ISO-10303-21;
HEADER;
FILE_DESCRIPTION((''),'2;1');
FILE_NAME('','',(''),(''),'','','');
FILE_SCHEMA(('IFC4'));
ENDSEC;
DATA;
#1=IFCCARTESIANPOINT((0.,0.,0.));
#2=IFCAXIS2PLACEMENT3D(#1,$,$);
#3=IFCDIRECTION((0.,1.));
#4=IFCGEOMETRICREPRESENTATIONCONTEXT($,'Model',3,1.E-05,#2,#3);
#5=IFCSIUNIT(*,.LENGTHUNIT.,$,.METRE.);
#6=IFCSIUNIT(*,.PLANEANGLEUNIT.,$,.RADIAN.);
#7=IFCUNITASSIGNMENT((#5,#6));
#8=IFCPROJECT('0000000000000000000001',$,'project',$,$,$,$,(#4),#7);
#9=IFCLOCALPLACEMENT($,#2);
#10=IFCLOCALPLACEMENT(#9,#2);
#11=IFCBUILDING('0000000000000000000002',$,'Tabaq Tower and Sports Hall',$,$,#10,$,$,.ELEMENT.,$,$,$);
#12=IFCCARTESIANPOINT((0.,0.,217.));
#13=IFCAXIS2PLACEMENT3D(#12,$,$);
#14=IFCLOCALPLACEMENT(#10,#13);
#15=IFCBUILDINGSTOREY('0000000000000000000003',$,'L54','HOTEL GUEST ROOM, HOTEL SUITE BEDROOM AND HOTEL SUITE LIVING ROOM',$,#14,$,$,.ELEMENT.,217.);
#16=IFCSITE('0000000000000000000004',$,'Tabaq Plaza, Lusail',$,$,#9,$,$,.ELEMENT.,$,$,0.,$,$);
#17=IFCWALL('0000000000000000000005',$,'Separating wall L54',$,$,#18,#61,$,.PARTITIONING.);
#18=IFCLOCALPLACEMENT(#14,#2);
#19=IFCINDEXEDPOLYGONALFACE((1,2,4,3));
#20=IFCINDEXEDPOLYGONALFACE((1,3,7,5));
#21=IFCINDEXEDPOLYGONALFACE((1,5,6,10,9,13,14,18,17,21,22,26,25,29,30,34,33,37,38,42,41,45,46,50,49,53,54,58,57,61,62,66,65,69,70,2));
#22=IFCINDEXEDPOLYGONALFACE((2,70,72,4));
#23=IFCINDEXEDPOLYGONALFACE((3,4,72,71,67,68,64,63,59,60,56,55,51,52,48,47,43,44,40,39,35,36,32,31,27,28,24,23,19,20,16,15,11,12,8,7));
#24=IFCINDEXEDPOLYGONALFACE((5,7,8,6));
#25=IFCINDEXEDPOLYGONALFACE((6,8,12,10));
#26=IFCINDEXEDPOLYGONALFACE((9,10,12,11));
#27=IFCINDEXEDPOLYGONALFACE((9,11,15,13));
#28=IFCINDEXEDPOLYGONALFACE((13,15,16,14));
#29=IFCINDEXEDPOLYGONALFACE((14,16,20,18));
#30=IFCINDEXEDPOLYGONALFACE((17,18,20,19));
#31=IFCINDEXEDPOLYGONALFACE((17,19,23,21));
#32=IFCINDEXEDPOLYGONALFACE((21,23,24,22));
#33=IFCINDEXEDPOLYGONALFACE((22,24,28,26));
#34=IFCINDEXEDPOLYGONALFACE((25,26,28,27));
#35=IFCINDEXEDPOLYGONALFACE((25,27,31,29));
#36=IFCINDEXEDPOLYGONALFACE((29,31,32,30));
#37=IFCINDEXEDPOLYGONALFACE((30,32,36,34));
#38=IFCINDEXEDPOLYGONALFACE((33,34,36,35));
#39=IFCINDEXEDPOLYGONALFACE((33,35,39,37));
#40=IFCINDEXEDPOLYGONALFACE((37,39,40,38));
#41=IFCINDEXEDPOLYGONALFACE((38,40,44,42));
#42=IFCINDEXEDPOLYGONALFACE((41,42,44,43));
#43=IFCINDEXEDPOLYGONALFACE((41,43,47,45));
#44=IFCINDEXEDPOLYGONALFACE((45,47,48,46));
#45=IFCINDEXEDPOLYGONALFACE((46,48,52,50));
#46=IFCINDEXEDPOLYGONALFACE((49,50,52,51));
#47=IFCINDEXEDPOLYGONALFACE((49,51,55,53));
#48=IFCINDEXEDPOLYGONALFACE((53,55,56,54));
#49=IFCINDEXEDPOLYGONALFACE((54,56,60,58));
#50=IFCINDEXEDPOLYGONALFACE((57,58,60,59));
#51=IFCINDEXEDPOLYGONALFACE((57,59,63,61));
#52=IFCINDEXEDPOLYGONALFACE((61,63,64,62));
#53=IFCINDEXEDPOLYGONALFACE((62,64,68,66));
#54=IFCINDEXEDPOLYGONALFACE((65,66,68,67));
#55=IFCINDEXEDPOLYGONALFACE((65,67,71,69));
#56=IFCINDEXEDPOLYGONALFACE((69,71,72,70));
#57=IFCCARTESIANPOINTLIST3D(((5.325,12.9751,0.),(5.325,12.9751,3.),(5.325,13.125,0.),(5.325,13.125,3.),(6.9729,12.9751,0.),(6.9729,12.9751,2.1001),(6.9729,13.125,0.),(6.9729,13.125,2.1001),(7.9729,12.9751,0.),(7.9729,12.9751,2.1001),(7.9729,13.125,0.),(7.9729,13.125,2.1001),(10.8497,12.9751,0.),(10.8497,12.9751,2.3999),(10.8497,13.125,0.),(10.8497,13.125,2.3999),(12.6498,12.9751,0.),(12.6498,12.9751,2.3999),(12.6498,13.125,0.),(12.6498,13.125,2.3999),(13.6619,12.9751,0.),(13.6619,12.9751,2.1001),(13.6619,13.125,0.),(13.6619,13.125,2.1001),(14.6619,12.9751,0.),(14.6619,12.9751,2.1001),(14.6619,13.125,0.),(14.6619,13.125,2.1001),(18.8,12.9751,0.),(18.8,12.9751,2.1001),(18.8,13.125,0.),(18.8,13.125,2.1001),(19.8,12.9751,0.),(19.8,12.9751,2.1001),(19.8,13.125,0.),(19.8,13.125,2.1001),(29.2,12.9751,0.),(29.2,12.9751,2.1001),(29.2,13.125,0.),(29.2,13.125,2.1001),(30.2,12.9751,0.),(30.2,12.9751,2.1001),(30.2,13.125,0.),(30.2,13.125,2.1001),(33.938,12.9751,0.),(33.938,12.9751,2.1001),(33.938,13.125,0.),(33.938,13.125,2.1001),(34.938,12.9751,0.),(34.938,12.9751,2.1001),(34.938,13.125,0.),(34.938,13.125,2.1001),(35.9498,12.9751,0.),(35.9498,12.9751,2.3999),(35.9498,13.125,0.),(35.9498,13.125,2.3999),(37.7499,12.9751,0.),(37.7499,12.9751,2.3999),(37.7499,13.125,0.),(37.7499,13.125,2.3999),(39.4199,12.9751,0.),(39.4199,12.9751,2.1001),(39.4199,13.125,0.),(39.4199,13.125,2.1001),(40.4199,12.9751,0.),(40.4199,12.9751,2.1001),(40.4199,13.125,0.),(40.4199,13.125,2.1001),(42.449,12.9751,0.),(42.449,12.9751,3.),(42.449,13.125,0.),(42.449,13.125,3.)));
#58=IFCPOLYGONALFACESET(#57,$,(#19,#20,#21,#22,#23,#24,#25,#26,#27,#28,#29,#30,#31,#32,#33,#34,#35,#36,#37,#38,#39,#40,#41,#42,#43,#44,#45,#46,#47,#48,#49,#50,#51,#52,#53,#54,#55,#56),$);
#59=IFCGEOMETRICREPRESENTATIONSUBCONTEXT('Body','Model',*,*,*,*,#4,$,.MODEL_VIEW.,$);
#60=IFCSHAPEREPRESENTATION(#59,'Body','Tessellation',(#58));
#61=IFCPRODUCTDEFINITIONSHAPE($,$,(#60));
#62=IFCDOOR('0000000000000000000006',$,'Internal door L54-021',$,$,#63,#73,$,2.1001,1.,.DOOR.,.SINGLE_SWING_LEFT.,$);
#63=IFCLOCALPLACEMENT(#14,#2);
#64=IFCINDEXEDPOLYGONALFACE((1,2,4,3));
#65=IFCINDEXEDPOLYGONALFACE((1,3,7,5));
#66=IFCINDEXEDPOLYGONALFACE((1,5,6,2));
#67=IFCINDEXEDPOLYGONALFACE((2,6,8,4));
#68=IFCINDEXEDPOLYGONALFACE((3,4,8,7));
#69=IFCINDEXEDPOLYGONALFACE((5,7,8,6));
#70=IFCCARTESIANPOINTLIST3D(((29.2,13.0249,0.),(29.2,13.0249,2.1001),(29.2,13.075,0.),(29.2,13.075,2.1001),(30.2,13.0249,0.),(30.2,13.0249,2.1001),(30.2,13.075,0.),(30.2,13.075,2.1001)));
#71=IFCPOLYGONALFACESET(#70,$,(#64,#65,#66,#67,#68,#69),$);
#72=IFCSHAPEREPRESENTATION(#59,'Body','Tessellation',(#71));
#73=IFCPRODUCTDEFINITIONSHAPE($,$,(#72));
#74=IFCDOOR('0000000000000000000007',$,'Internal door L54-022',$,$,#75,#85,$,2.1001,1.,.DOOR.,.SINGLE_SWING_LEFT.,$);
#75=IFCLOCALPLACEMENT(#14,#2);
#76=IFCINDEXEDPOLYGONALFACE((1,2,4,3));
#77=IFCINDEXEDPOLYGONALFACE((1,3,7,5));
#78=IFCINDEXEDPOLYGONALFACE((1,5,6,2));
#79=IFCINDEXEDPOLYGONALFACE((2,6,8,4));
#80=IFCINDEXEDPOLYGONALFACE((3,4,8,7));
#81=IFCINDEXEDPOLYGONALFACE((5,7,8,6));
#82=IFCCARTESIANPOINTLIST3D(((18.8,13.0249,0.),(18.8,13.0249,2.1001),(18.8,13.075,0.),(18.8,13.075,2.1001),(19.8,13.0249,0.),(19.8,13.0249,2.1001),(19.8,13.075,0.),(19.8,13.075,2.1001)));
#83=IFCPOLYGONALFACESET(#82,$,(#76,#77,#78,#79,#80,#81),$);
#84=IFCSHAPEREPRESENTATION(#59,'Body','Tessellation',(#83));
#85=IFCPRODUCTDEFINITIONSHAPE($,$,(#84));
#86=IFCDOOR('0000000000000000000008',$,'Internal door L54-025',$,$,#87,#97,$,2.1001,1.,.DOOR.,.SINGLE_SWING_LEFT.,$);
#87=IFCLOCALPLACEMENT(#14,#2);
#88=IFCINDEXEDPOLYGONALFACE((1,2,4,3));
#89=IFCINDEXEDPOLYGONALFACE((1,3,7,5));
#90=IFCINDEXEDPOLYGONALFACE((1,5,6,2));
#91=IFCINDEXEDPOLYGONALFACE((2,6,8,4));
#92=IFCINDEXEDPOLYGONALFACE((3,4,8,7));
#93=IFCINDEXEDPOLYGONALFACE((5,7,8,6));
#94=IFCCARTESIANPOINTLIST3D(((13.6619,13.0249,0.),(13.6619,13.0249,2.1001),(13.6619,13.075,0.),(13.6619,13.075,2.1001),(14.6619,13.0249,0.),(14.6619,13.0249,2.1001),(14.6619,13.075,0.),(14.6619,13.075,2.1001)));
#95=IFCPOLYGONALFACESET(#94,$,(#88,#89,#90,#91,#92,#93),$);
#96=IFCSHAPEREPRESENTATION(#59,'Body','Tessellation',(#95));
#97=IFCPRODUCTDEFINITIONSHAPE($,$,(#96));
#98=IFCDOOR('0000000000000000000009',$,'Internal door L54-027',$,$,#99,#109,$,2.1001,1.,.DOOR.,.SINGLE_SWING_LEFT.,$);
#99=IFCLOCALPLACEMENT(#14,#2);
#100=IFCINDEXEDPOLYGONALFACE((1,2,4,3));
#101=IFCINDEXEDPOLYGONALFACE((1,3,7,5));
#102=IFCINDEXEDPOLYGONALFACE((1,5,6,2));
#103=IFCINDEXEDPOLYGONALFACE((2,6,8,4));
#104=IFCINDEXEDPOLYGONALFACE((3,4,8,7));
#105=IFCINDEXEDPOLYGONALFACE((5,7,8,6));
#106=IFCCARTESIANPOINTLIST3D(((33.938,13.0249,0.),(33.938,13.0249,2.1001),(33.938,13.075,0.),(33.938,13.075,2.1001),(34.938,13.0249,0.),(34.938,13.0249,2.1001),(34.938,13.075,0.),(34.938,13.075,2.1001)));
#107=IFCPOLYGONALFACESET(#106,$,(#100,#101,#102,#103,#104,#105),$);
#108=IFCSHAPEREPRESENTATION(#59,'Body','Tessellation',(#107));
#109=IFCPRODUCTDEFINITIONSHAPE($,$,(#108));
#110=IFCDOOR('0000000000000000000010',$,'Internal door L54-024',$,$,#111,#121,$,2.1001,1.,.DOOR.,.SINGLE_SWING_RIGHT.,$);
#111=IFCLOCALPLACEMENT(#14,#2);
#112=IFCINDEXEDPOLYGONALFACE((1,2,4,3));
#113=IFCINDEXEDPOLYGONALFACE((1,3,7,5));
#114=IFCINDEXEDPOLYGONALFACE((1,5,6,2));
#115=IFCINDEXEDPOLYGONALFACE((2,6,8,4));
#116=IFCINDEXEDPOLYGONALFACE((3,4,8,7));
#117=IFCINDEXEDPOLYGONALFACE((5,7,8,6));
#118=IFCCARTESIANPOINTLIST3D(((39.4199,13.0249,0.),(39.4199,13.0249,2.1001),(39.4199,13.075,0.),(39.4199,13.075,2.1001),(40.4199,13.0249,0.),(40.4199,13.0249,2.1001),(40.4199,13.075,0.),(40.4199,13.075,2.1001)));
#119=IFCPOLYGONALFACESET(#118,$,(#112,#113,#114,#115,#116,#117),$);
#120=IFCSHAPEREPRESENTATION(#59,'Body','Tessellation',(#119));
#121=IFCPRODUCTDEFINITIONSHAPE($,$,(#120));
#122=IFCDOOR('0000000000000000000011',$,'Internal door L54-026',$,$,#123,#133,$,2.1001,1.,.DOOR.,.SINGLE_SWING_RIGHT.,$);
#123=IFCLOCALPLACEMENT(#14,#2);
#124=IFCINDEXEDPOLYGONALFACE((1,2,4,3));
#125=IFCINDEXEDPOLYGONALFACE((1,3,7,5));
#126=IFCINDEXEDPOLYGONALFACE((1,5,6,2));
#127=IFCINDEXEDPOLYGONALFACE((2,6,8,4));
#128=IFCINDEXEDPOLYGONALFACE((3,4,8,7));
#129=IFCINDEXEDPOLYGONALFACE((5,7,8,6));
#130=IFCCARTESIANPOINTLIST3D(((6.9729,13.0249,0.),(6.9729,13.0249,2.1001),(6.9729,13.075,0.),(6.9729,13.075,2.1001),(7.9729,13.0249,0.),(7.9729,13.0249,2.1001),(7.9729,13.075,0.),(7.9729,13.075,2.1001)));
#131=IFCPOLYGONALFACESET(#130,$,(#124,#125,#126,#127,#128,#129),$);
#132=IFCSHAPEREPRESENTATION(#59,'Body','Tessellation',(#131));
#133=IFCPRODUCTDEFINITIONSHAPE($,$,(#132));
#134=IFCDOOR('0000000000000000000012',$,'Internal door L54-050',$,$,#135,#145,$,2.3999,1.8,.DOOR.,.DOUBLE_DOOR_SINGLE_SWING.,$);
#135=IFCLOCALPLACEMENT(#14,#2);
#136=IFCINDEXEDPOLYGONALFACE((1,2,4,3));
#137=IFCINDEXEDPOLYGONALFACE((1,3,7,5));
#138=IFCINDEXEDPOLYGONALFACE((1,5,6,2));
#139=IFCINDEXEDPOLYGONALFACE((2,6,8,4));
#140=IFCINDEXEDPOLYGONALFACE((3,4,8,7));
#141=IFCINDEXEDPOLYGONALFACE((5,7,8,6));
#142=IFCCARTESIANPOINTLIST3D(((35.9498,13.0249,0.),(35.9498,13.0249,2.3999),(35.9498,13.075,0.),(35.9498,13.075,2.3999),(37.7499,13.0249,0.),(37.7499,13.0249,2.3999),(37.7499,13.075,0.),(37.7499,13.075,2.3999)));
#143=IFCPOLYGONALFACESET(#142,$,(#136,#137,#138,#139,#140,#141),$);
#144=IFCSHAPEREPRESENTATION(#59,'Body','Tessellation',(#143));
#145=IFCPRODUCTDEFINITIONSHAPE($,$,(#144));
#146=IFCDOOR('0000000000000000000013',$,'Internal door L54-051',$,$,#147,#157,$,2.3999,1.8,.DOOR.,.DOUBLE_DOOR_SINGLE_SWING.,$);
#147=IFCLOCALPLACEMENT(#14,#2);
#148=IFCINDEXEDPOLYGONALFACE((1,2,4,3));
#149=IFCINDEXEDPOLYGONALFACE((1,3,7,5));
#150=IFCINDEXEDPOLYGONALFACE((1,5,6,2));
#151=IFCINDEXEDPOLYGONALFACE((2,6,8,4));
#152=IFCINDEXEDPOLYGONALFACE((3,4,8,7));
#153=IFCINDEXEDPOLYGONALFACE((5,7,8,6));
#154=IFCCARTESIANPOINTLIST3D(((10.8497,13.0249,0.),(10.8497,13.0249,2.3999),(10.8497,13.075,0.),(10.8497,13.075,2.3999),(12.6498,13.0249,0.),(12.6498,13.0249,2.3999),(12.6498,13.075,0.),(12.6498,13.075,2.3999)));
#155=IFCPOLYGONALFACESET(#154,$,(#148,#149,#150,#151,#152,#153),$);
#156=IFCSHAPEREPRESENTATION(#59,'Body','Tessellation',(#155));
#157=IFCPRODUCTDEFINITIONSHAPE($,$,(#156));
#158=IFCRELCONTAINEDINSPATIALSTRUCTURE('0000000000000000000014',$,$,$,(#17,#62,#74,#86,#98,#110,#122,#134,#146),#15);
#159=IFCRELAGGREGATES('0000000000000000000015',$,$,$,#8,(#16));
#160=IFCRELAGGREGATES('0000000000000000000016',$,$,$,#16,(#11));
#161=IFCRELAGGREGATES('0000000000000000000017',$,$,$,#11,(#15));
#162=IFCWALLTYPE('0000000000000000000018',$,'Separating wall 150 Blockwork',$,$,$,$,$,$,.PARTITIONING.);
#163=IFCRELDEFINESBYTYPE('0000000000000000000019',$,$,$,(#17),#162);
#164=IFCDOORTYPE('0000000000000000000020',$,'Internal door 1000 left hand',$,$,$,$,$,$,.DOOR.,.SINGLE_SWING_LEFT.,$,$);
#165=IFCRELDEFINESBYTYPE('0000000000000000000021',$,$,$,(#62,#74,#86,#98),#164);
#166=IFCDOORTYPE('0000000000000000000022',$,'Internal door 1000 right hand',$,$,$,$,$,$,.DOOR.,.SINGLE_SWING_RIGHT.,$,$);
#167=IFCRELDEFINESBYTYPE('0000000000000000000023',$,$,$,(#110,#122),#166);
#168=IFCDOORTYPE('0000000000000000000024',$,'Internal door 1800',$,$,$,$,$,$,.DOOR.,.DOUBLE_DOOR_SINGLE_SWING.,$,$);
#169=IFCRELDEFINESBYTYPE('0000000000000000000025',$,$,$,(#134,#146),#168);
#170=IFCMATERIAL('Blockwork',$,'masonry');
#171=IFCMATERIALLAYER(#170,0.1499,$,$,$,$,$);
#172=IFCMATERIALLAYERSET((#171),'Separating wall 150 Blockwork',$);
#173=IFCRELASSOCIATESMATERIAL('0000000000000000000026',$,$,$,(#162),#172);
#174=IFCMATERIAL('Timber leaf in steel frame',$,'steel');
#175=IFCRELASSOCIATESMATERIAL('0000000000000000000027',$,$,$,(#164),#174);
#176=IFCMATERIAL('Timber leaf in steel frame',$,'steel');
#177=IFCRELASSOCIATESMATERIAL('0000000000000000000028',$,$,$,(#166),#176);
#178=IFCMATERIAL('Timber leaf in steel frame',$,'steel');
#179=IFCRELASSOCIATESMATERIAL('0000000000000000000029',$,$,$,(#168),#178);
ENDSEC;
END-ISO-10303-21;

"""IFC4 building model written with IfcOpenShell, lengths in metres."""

from ifc_helpers import new_model, si_unit, direction, frame, frame_2d, origin, place, context, subcontext, project, spatial, rectangle, extrude, material, layer, layer_set, type_object, element, fill, save


model = new_model("IFC4")

# Units and contexts
model_context = context("Model", 3, precision=1e-05, world=origin(), true_north=direction((0.0, 1.0)))
body_context = subcontext(model_context, "Body", "Model", "MODEL_VIEW")
ifc_project = project(units=[si_unit("LENGTHUNIT", "METRE"), si_unit("PLANEANGLEUNIT", "RADIAN")], contexts=[model_context])

# Site, building, storey
site_placement = place(None, origin())
site = spatial("IfcSite", under=ifc_project, at=site_placement, Name="Tabaq Plaza, Lusail", CompositionType="ELEMENT", RefElevation=0.0)
building_placement = place(site_placement, origin())
building = spatial("IfcBuilding", under=site, at=building_placement, Name="Tabaq Tower and Sports Hall", CompositionType="ELEMENT")
storey_placement = place(building_placement, frame((0.0, 0.0, 217.0)))
storey = spatial("IfcBuildingStorey", under=building, at=storey_placement, Name="L54", Description="HOTEL GUEST ROOM, HOTEL SUITE BEDROOM AND HOTEL SUITE LIVING ROOM", CompositionType="ELEMENT", Elevation=217.0)

# Wall, openings, doors
ifc_material_1 = material(Name="Blockwork", Category="masonry")
ifc_layer_1 = layer(ifc_material_1, 0.1499)
ifc_layer_set_1 = layer_set([ifc_layer_1], Name="Separating wall 150 Blockwork")
wall_type_1 = type_object("IfcWallType", Name="Separating wall 150 Blockwork", PredefinedType="PARTITIONING", material=ifc_layer_set_1)
wall_1_placement = place(storey_placement, frame((5.325, 13.05, 0.0), z_axis=(0.0, 0.0, 1.0), x_axis=(1.0, 0.0, 0.0)))
wall_1 = element("IfcWall", 1, at=wall_1_placement, inside=storey, type_object=wall_type_1, Name="Separating wall L54", PredefinedType="PARTITIONING", context=body_context, shape_type="SweptSolid", body=[
    extrude(rectangle(XDim=37.124, YDim=0.1499, at=frame_2d((18.562, 0.0))), origin(), (0.0, 0.0, 1.0), 3.0),
])
opening_1_placement = place(wall_1_placement, frame((23.875, 0.0, 0.0)))
opening_1 = element("IfcOpeningElement", 2, at=opening_1_placement, cuts=wall_1, PredefinedType="OPENING", context=body_context, shape_type="SweptSolid", body=[
    extrude(rectangle(XDim=1.0, YDim=2.1001, at=frame_2d((0.5, 1.05))), frame((0.0, 0.075, 0.0), z_axis=(0.0, -1.0, 0.0), x_axis=(1.0, 0.0, 0.0)), (0.0, 0.0, 1.0), 0.1499),
])
opening_2_placement = place(wall_1_placement, frame((13.4751, 0.0, 0.0)))
opening_2 = element("IfcOpeningElement", 3, at=opening_2_placement, cuts=wall_1, PredefinedType="OPENING", context=body_context, shape_type="SweptSolid", body=[
    extrude(rectangle(XDim=1.0, YDim=2.1001, at=frame_2d((0.5, 1.05))), frame((0.0, 0.075, 0.0), z_axis=(0.0, -1.0, 0.0), x_axis=(1.0, 0.0, 0.0)), (0.0, 0.0, 1.0), 0.1499),
])
opening_3_placement = place(wall_1_placement, frame((34.095, 0.0, 0.0)))
opening_3 = element("IfcOpeningElement", 4, at=opening_3_placement, cuts=wall_1, PredefinedType="OPENING", context=body_context, shape_type="SweptSolid", body=[
    extrude(rectangle(XDim=1.0, YDim=2.1001, at=frame_2d((0.5, 1.05))), frame((0.0, 0.075, 0.0), z_axis=(0.0, -1.0, 0.0), x_axis=(1.0, 0.0, 0.0)), (0.0, 0.0, 1.0), 0.1499),
])
opening_4_placement = place(wall_1_placement, frame((8.3369, 0.0, 0.0)))
opening_4 = element("IfcOpeningElement", 5, at=opening_4_placement, cuts=wall_1, PredefinedType="OPENING", context=body_context, shape_type="SweptSolid", body=[
    extrude(rectangle(XDim=1.0, YDim=2.1001, at=frame_2d((0.5, 1.05))), frame((0.0, 0.075, 0.0), z_axis=(0.0, -1.0, 0.0), x_axis=(1.0, 0.0, 0.0)), (0.0, 0.0, 1.0), 0.1499),
])
opening_5_placement = place(wall_1_placement, frame((1.6479, 0.0, 0.0)))
opening_5 = element("IfcOpeningElement", 6, at=opening_5_placement, cuts=wall_1, PredefinedType="OPENING", context=body_context, shape_type="SweptSolid", body=[
    extrude(rectangle(XDim=1.0, YDim=2.1001, at=frame_2d((0.5, 1.05))), frame((0.0, 0.075, 0.0), z_axis=(0.0, -1.0, 0.0), x_axis=(1.0, 0.0, 0.0)), (0.0, 0.0, 1.0), 0.1499),
])
opening_6_placement = place(wall_1_placement, frame((28.613, 0.0, 0.0)))
opening_6 = element("IfcOpeningElement", 7, at=opening_6_placement, cuts=wall_1, PredefinedType="OPENING", context=body_context, shape_type="SweptSolid", body=[
    extrude(rectangle(XDim=1.0, YDim=2.1001, at=frame_2d((0.5, 1.05))), frame((0.0, 0.075, 0.0), z_axis=(0.0, -1.0, 0.0), x_axis=(1.0, 0.0, 0.0)), (0.0, 0.0, 1.0), 0.1499),
])
opening_7_placement = place(wall_1_placement, frame((30.625, 0.0, 0.0)))
opening_7 = element("IfcOpeningElement", 8, at=opening_7_placement, cuts=wall_1, PredefinedType="OPENING", context=body_context, shape_type="SweptSolid", body=[
    extrude(rectangle(XDim=1.8, YDim=2.3999, at=frame_2d((0.8999, 1.2))), frame((0.0, 0.075, 0.0), z_axis=(0.0, -1.0, 0.0), x_axis=(1.0, 0.0, 0.0)), (0.0, 0.0, 1.0), 0.1499),
])
opening_8_placement = place(wall_1_placement, frame((5.5249, 0.0, 0.0)))
opening_8 = element("IfcOpeningElement", 9, at=opening_8_placement, cuts=wall_1, PredefinedType="OPENING", context=body_context, shape_type="SweptSolid", body=[
    extrude(rectangle(XDim=1.8, YDim=2.3999, at=frame_2d((0.8999, 1.2))), frame((0.0, 0.075, 0.0), z_axis=(0.0, -1.0, 0.0), x_axis=(1.0, 0.0, 0.0)), (0.0, 0.0, 1.0), 0.1499),
])
ifc_material_2 = material(Name="Timber leaf in steel frame", Category="steel")
door_type_1 = type_object("IfcDoorType", Name="Internal door 1000 left hand", OperationType="SINGLE_SWING_LEFT", PredefinedType="DOOR", material=ifc_material_2)
door_1_placement = place(opening_1_placement, origin())
door_1 = element("IfcDoor", 10, at=door_1_placement, inside=storey, type_object=door_type_1, Name="Internal door L54-021", OperationType="SINGLE_SWING_LEFT", OverallHeight=2.1001, OverallWidth=1.0, PredefinedType="DOOR", context=body_context, shape_type="SweptSolid", body=[
    extrude(rectangle(XDim=1.0, YDim=2.1001, at=frame_2d((0.5, 1.05))), frame((0.0, 0.0249, 0.0), z_axis=(0.0, -1.0, 0.0), x_axis=(1.0, 0.0, 0.0)), (0.0, 0.0, 1.0), 0.05),
])
fill(opening_1, door_1)
door_2_placement = place(opening_2_placement, origin())
door_2 = element("IfcDoor", 11, at=door_2_placement, inside=storey, type_object=door_type_1, Name="Internal door L54-022", OperationType="SINGLE_SWING_LEFT", OverallHeight=2.1001, OverallWidth=1.0, PredefinedType="DOOR", context=body_context, shape_type="SweptSolid", body=[
    extrude(rectangle(XDim=1.0, YDim=2.1001, at=frame_2d((0.5, 1.05))), frame((0.0, 0.0249, 0.0), z_axis=(0.0, -1.0, 0.0), x_axis=(1.0, 0.0, 0.0)), (0.0, 0.0, 1.0), 0.05),
])
fill(opening_2, door_2)
door_3_placement = place(opening_4_placement, origin())
door_3 = element("IfcDoor", 12, at=door_3_placement, inside=storey, type_object=door_type_1, Name="Internal door L54-025", OperationType="SINGLE_SWING_LEFT", OverallHeight=2.1001, OverallWidth=1.0, PredefinedType="DOOR", context=body_context, shape_type="SweptSolid", body=[
    extrude(rectangle(XDim=1.0, YDim=2.1001, at=frame_2d((0.5, 1.05))), frame((0.0, 0.0249, 0.0), z_axis=(0.0, -1.0, 0.0), x_axis=(1.0, 0.0, 0.0)), (0.0, 0.0, 1.0), 0.05),
])
fill(opening_4, door_3)
door_4_placement = place(opening_6_placement, origin())
door_4 = element("IfcDoor", 13, at=door_4_placement, inside=storey, type_object=door_type_1, Name="Internal door L54-027", OperationType="SINGLE_SWING_LEFT", OverallHeight=2.1001, OverallWidth=1.0, PredefinedType="DOOR", context=body_context, shape_type="SweptSolid", body=[
    extrude(rectangle(XDim=1.0, YDim=2.1001, at=frame_2d((0.5, 1.05))), frame((0.0, 0.0249, 0.0), z_axis=(0.0, -1.0, 0.0), x_axis=(1.0, 0.0, 0.0)), (0.0, 0.0, 1.0), 0.05),
])
fill(opening_6, door_4)
ifc_material_3 = material(Name="Timber leaf in steel frame", Category="steel")
door_type_2 = type_object("IfcDoorType", Name="Internal door 1000 right hand", OperationType="SINGLE_SWING_RIGHT", PredefinedType="DOOR", material=ifc_material_3)
door_5_placement = place(opening_3_placement, origin())
door_5 = element("IfcDoor", 14, at=door_5_placement, inside=storey, type_object=door_type_2, Name="Internal door L54-024", OperationType="SINGLE_SWING_RIGHT", OverallHeight=2.1001, OverallWidth=1.0, PredefinedType="DOOR", context=body_context, shape_type="SweptSolid", body=[
    extrude(rectangle(XDim=1.0, YDim=2.1001, at=frame_2d((0.5, 1.05))), frame((0.0, 0.0249, 0.0), z_axis=(0.0, -1.0, 0.0), x_axis=(1.0, 0.0, 0.0)), (0.0, 0.0, 1.0), 0.05),
])
fill(opening_3, door_5)
door_6_placement = place(opening_5_placement, origin())
door_6 = element("IfcDoor", 15, at=door_6_placement, inside=storey, type_object=door_type_2, Name="Internal door L54-026", OperationType="SINGLE_SWING_RIGHT", OverallHeight=2.1001, OverallWidth=1.0, PredefinedType="DOOR", context=body_context, shape_type="SweptSolid", body=[
    extrude(rectangle(XDim=1.0, YDim=2.1001, at=frame_2d((0.5, 1.05))), frame((0.0, 0.0249, 0.0), z_axis=(0.0, -1.0, 0.0), x_axis=(1.0, 0.0, 0.0)), (0.0, 0.0, 1.0), 0.05),
])
fill(opening_5, door_6)
ifc_material_4 = material(Name="Timber leaf in steel frame", Category="steel")
door_type_3 = type_object("IfcDoorType", Name="Internal door 1800", OperationType="DOUBLE_DOOR_SINGLE_SWING", PredefinedType="DOOR", material=ifc_material_4)
door_7_placement = place(opening_7_placement, origin())
door_7 = element("IfcDoor", 16, at=door_7_placement, inside=storey, type_object=door_type_3, Name="Internal door L54-050", OperationType="DOUBLE_DOOR_SINGLE_SWING", OverallHeight=2.3999, OverallWidth=1.8, PredefinedType="DOOR", context=body_context, shape_type="SweptSolid", body=[
    extrude(rectangle(XDim=1.8, YDim=2.3999, at=frame_2d((0.8999, 1.2))), frame((0.0, 0.0249, 0.0), z_axis=(0.0, -1.0, 0.0), x_axis=(1.0, 0.0, 0.0)), (0.0, 0.0, 1.0), 0.05),
])
fill(opening_7, door_7)
door_8_placement = place(opening_8_placement, origin())
door_8 = element("IfcDoor", 17, at=door_8_placement, inside=storey, type_object=door_type_3, Name="Internal door L54-051", OperationType="DOUBLE_DOOR_SINGLE_SWING", OverallHeight=2.3999, OverallWidth=1.8, PredefinedType="DOOR", context=body_context, shape_type="SweptSolid", body=[
    extrude(rectangle(XDim=1.8, YDim=2.3999, at=frame_2d((0.8999, 1.2))), frame((0.0, 0.0249, 0.0), z_axis=(0.0, -1.0, 0.0), x_axis=(1.0, 0.0, 0.0)), (0.0, 0.0, 1.0), 0.05),
])
fill(opening_8, door_8)

save(model, "model.ifc")
